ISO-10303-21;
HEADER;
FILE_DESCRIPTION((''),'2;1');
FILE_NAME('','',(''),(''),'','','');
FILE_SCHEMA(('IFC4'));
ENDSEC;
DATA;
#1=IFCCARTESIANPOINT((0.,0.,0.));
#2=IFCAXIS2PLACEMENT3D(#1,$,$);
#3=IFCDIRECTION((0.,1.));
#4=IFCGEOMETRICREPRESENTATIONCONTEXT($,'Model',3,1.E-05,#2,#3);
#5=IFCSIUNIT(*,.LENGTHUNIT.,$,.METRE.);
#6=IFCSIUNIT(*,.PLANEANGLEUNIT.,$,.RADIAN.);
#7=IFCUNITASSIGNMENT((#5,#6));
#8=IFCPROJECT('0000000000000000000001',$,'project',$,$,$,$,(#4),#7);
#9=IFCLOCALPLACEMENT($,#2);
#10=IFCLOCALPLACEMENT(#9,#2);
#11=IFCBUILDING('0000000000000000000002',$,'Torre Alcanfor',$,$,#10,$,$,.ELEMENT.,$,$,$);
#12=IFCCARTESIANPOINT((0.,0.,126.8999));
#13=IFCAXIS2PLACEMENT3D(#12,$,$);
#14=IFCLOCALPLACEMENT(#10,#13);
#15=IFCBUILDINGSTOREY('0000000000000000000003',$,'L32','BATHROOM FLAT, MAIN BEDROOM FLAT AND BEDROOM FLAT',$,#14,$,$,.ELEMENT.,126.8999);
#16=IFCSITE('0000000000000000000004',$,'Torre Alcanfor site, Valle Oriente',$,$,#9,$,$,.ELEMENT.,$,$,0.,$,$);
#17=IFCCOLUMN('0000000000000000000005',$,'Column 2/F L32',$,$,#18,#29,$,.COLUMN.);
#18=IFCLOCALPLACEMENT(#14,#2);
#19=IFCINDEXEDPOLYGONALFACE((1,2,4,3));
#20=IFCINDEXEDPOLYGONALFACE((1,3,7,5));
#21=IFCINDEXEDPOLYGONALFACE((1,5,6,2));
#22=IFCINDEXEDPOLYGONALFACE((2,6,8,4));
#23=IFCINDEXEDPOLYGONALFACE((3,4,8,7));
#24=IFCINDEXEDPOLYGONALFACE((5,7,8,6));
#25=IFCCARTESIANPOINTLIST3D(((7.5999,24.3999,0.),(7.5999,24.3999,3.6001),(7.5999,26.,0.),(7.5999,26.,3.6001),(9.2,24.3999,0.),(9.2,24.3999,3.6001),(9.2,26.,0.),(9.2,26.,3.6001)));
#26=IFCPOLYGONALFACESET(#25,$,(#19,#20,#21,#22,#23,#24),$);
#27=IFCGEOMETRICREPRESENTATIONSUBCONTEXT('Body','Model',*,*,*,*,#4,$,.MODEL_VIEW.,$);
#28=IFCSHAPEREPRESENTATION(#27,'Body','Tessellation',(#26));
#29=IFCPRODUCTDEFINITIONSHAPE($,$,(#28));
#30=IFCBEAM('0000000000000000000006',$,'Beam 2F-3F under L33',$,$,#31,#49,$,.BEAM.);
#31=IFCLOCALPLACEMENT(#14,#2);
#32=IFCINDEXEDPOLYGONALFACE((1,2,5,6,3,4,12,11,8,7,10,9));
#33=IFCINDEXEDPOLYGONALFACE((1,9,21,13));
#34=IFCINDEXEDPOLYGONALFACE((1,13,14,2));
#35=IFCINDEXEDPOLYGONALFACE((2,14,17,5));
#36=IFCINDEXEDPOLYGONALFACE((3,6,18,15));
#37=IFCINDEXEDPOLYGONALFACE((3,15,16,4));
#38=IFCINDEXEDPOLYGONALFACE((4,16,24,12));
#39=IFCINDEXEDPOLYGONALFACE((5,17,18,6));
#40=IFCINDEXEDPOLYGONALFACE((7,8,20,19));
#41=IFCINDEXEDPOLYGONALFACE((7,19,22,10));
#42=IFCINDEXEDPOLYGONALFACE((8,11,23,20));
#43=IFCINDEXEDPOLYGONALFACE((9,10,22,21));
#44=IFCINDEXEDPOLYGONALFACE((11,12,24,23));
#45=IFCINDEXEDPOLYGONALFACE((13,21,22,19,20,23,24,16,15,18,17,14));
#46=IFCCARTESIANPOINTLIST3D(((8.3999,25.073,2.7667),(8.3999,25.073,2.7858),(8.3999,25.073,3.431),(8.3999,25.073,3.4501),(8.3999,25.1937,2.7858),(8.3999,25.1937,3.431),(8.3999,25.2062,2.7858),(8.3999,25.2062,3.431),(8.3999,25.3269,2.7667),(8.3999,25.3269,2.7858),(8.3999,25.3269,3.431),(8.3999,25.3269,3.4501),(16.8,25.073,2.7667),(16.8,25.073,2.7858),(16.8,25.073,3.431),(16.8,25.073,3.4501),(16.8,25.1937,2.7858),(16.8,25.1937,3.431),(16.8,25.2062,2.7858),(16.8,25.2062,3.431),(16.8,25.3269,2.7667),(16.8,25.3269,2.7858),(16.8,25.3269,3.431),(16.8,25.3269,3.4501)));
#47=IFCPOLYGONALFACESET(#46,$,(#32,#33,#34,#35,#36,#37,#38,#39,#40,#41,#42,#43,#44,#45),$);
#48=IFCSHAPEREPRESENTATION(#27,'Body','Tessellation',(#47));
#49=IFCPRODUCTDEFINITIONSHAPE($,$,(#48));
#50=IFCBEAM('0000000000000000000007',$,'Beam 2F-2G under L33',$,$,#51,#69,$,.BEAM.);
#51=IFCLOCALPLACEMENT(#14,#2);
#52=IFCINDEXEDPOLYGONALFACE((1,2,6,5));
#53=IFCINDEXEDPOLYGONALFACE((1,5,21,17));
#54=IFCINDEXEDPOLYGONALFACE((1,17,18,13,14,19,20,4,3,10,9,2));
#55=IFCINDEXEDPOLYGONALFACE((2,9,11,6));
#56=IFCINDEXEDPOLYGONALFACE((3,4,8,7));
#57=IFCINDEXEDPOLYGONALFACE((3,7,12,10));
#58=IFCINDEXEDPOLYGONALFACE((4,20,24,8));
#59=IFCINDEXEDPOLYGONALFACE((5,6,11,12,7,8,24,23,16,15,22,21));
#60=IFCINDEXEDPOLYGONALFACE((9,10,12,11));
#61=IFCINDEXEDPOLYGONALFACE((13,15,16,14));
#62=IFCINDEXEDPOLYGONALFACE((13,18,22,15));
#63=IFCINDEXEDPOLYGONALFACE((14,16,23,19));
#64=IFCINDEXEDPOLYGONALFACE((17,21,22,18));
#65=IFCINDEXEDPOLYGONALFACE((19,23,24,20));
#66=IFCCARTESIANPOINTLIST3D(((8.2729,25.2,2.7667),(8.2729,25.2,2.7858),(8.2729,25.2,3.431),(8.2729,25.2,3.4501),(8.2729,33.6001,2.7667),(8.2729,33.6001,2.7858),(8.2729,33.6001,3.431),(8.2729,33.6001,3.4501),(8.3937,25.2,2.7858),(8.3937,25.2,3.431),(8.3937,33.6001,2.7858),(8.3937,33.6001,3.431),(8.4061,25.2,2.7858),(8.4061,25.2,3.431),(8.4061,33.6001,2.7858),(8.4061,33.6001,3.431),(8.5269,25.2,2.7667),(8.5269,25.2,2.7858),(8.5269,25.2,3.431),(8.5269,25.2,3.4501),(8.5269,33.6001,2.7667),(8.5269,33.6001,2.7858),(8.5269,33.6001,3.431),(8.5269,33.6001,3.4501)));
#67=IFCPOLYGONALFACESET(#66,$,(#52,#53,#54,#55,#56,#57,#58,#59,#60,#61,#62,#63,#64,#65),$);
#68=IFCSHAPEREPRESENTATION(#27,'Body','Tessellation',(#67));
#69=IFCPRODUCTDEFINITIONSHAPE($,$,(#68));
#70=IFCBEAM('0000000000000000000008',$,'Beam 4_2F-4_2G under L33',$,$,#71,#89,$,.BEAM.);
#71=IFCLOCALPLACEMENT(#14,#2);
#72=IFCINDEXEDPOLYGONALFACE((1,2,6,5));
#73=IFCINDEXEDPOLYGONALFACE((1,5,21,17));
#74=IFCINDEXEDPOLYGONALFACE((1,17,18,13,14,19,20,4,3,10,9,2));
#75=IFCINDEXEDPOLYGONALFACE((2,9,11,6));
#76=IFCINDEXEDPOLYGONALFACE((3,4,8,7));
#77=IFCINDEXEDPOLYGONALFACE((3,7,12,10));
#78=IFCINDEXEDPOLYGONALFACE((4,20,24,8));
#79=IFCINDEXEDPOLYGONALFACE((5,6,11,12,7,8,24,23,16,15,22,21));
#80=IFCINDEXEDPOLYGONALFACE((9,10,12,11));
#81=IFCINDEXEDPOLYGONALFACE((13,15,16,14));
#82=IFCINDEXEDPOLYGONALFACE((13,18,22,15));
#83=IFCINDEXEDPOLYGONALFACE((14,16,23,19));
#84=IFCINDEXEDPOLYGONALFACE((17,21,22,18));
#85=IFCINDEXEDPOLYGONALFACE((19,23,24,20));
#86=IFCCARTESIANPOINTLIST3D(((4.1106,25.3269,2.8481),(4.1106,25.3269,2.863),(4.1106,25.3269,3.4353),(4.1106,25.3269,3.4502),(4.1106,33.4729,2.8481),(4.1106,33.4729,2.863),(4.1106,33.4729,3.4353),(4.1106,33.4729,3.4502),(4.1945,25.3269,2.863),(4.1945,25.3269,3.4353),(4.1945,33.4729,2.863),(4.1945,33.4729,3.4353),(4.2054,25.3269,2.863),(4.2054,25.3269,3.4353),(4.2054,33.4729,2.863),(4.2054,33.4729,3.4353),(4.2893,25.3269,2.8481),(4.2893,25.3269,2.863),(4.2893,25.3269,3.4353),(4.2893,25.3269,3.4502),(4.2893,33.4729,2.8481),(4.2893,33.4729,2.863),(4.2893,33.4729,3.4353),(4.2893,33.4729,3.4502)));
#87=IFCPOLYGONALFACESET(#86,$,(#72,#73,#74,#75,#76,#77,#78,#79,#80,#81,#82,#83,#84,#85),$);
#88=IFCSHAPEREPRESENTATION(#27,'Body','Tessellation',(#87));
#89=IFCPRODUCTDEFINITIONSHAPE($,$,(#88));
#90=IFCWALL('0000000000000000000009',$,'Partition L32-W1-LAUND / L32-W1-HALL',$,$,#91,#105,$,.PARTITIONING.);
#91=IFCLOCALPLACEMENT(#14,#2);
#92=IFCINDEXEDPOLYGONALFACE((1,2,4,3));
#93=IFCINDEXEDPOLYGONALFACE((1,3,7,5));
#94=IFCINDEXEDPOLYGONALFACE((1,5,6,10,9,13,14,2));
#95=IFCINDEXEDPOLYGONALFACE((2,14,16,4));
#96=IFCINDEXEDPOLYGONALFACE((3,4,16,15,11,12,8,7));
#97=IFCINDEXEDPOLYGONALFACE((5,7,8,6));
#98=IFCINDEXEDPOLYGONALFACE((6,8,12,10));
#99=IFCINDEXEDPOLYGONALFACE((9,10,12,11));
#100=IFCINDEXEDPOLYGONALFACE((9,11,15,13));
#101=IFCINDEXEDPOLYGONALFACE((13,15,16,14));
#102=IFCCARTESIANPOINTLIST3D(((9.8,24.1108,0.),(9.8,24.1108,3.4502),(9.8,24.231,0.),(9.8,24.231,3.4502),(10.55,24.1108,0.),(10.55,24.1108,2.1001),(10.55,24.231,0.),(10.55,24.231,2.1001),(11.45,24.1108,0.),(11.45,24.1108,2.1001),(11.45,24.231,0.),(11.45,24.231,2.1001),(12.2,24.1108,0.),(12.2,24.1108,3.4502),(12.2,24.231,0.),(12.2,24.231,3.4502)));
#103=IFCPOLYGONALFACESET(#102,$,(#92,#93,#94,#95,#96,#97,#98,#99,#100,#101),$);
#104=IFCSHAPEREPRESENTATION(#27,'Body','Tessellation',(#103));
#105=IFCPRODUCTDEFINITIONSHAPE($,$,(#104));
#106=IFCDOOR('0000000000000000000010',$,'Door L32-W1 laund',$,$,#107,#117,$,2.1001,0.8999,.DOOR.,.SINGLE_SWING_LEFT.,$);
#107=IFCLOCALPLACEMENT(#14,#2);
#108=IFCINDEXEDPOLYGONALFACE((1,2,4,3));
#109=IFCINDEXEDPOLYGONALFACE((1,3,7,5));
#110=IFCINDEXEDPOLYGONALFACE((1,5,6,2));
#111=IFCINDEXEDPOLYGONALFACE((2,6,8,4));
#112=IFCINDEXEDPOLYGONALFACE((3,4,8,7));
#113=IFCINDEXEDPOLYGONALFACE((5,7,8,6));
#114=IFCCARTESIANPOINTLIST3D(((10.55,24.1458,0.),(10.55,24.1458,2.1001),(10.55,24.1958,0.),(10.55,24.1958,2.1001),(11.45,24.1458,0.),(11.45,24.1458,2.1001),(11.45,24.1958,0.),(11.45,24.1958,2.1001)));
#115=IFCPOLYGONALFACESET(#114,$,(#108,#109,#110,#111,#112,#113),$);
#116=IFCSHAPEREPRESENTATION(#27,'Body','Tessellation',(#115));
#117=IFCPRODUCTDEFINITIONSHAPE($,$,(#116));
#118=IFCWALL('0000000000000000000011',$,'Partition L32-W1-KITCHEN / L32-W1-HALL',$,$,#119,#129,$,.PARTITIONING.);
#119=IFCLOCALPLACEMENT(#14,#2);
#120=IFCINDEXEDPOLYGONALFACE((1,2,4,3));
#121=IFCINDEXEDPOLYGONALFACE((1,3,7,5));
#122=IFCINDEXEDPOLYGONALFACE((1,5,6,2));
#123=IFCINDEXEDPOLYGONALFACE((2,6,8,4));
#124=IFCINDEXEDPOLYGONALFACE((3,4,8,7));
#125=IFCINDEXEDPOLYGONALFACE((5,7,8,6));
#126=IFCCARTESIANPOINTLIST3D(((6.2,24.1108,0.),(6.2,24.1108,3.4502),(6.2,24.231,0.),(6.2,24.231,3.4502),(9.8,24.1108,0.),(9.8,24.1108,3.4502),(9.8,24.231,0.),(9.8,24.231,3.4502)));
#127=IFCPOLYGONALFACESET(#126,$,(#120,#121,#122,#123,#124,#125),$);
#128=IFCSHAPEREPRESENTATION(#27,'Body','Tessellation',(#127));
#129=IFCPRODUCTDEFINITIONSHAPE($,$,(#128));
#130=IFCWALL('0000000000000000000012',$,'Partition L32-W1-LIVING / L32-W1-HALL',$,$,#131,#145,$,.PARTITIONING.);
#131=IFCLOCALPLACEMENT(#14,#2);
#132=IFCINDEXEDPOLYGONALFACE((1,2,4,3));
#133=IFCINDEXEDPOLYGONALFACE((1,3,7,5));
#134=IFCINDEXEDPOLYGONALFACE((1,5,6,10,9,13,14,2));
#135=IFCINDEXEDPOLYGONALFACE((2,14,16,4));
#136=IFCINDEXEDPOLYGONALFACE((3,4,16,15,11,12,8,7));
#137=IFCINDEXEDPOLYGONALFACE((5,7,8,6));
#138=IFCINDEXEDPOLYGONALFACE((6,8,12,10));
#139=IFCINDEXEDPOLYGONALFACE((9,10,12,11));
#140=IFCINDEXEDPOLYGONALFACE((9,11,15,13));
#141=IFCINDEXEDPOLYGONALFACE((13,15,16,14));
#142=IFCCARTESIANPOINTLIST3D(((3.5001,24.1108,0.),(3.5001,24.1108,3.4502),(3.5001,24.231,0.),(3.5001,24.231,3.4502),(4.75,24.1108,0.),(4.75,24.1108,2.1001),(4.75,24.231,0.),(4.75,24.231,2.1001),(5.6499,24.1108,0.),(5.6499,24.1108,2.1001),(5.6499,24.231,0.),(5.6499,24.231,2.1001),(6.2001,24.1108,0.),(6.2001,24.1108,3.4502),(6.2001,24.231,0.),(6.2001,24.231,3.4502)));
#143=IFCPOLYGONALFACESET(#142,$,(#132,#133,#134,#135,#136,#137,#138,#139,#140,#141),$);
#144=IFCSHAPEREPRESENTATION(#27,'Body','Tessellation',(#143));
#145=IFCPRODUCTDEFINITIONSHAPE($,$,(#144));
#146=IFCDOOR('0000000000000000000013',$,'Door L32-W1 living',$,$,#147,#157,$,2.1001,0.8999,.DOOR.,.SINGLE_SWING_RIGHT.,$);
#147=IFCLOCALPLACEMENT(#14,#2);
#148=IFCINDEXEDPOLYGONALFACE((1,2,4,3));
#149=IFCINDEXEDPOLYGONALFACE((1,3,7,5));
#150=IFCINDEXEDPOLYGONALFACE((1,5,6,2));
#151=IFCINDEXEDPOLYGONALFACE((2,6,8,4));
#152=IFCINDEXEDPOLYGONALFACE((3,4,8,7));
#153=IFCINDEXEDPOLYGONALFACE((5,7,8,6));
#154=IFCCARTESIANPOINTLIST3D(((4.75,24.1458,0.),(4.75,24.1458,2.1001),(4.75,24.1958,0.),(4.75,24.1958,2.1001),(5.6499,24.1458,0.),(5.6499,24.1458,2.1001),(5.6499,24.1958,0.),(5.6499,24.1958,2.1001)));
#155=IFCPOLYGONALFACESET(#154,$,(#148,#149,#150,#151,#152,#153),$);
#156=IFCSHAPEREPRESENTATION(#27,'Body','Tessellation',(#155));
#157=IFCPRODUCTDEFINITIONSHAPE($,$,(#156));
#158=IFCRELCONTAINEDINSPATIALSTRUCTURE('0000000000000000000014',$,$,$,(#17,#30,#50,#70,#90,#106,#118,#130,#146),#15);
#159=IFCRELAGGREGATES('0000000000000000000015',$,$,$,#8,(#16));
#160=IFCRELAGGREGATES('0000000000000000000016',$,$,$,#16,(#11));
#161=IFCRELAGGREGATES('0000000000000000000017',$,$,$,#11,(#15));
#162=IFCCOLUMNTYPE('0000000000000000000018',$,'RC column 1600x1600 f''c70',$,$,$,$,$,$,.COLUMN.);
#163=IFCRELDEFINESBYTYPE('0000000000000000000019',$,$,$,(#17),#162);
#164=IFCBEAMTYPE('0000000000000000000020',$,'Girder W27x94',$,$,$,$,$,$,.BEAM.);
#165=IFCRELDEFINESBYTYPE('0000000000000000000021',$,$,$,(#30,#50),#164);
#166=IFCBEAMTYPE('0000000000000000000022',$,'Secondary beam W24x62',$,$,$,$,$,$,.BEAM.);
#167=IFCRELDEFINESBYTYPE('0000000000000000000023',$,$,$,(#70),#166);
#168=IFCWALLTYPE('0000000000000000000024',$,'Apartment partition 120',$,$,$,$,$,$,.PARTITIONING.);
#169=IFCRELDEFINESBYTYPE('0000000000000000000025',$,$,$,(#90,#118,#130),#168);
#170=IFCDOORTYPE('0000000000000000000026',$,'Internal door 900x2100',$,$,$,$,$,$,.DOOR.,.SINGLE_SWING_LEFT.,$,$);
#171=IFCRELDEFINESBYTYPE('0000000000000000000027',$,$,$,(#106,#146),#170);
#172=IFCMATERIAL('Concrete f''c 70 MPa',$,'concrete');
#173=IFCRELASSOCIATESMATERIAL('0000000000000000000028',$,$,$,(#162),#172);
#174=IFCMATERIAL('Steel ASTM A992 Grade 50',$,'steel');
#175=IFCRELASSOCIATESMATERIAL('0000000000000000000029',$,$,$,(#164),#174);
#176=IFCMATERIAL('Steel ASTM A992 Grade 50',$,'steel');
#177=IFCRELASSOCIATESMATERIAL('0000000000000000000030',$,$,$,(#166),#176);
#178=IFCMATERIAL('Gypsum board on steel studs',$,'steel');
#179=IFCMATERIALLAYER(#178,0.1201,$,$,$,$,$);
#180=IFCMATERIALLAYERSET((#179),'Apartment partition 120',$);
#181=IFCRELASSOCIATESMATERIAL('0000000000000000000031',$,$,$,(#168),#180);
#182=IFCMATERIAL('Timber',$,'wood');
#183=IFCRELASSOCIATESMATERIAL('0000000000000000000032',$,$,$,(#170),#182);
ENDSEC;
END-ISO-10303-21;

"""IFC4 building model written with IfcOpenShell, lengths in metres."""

from ifc_helpers import new_model, si_unit, direction, frame, frame_2d, origin, origin_2d, place, context, subcontext, project, spatial, rectangle, i_section, extrude, material, layer, layer_set, material_profile, profile_set, type_object, element, fill, save


model = new_model("IFC4")

# Units and contexts
model_context = context("Model", 3, precision=1e-05, world=origin(), true_north=direction((0.0, 1.0)))
body_context = subcontext(model_context, "Body", "Model", "MODEL_VIEW")
ifc_project = project(units=[si_unit("LENGTHUNIT", "METRE"), si_unit("PLANEANGLEUNIT", "RADIAN")], contexts=[model_context])

# Site, building, storey
site_placement = place(None, origin())
site = spatial("IfcSite", under=ifc_project, at=site_placement, Name="Torre Alcanfor site, Valle Oriente", CompositionType="ELEMENT", RefElevation=0.0)
building_placement = place(site_placement, origin())
building = spatial("IfcBuilding", under=site, at=building_placement, Name="Torre Alcanfor", CompositionType="ELEMENT")
storey_placement = place(building_placement, frame((0.0, 0.0, 126.8999)))
storey = spatial("IfcBuildingStorey", under=building, at=storey_placement, Name="L32", Description="BATHROOM FLAT, MAIN BEDROOM FLAT AND BEDROOM FLAT", CompositionType="ELEMENT", Elevation=126.8999)

# Column
ifc_material_1 = material(Name="Concrete f'c 70 MPa", Category="concrete")
ifc_material_profile_1 = material_profile(ifc_material_1, rectangle(XDim=1.6001, YDim=1.6001, at=origin_2d()), Name="1600x1600")
ifc_profile_set_1 = profile_set([ifc_material_profile_1], Name="Concrete f'c 70 MPa")
column_type = type_object("IfcColumnType", Name="RC column 1600x1600 f'c70", PredefinedType="COLUMN", material=ifc_profile_set_1)
column_placement = place(storey_placement, frame((8.3999, 25.2, 0.0), z_axis=(0.0, 0.0, 1.0), x_axis=(1.0, 0.0, 0.0)))
element("IfcColumn", 1, at=column_placement, inside=storey, type_object=column_type, Name="Column 2/F L32", PredefinedType="COLUMN", context=body_context, shape_type="SweptSolid", body=[
    extrude(rectangle(XDim=1.6001, YDim=1.6001, at=origin_2d()), origin(), (0.0, 0.0, 1.0), 3.6001),
])

# Beams
ifc_material_2 = material(Name="Steel ASTM A992 Grade 50", Category="steel")
ifc_material_profile_2 = material_profile(ifc_material_2, i_section(OverallWidth=0.2539, OverallDepth=0.6833, WebThickness=0.0125, FlangeThickness=0.019, at=origin_2d()), Name="W27x94")
ifc_profile_set_2 = profile_set([ifc_material_profile_2], Name="Steel ASTM A992 Grade 50")
beam_type_1 = type_object("IfcBeamType", Name="Girder W27x94", PredefinedType="BEAM", material=ifc_profile_set_2)
for number, where, z_axis, x_axis, name in (
    (2, (8.3999, 25.2, 3.1084), (1.0, 0.0, 0.0), (0.0, 1.0, 0.0), "Beam 2F-3F under L33"),
    (3, (8.3999, 25.2, 3.1084), (0.0, 1.0, 0.0), (-1.0, 0.0, 0.0), "Beam 2F-2G under L33"),
):
    element("IfcBeam", number, at=place(storey_placement, frame(where, z_axis=z_axis, x_axis=x_axis)), inside=storey, type_object=beam_type_1, Name=name, PredefinedType="BEAM", context=body_context, shape_type="SweptSolid", body=[
        extrude(i_section(OverallWidth=0.2539, OverallDepth=0.6833, WebThickness=0.0125, FlangeThickness=0.019, at=origin_2d()), origin(), (0.0, 0.0, 1.0), 8.4001),
    ])
ifc_material_3 = material(Name="Steel ASTM A992 Grade 50", Category="steel")
ifc_material_profile_3 = material_profile(ifc_material_3, i_section(OverallWidth=0.1787, OverallDepth=0.6021, WebThickness=0.011, FlangeThickness=0.0149, at=origin_2d()), Name="W24x62")
ifc_profile_set_3 = profile_set([ifc_material_profile_3], Name="Steel ASTM A992 Grade 50")
beam_type_2 = type_object("IfcBeamType", Name="Secondary beam W24x62", PredefinedType="BEAM", material=ifc_profile_set_3)
beam_placement = place(storey_placement, frame((4.2, 25.3269, 3.1492), z_axis=(0.0, 1.0, 0.0), x_axis=(-1.0, 0.0, 0.0)))
element("IfcBeam", 4, at=beam_placement, inside=storey, type_object=beam_type_2, Name="Beam 4_2F-4_2G under L33", PredefinedType="BEAM", context=body_context, shape_type="SweptSolid", body=[
    extrude(i_section(OverallWidth=0.1787, OverallDepth=0.6021, WebThickness=0.011, FlangeThickness=0.0149, at=origin_2d()), origin(), (0.0, 0.0, 1.0), 8.146),
])

# Wall, opening, door
ifc_material_4 = material(Name="Gypsum board on steel studs", Category="steel")
ifc_layer_1 = layer(ifc_material_4, 0.1201)
ifc_layer_set_1 = layer_set([ifc_layer_1], Name="Apartment partition 120")
wall_type_1 = type_object("IfcWallType", Name="Apartment partition 120", PredefinedType="PARTITIONING", material=ifc_layer_set_1)
wall_1_placement = place(storey_placement, frame((9.8, 24.1709, 0.0), z_axis=(0.0, 0.0, 1.0), x_axis=(1.0, 0.0, 0.0)))
wall_1 = element("IfcWall", 5, at=wall_1_placement, inside=storey, type_object=wall_type_1, Name="Partition L32-W1-LAUND / L32-W1-HALL", PredefinedType="PARTITIONING", context=body_context, shape_type="SweptSolid", body=[
    extrude(rectangle(XDim=2.3999, YDim=0.1201, at=frame_2d((1.2, 0.0))), origin(), (0.0, 0.0, 1.0), 3.4502),
])
opening_1_placement = place(wall_1_placement, frame((0.75, 0.0, 0.0)))
opening_1 = element("IfcOpeningElement", 6, at=opening_1_placement, cuts=wall_1, PredefinedType="OPENING", context=body_context, shape_type="SweptSolid", body=[
    extrude(rectangle(XDim=0.8999, YDim=2.1001, at=frame_2d((0.45, 1.05))), frame((0.0, 0.0701, 0.0), z_axis=(0.0, -1.0, 0.0), x_axis=(1.0, 0.0, 0.0)), (0.0, 0.0, 1.0), 0.1401),
])
ifc_material_5 = material(Name="Timber", Category="wood")
door_type_1 = type_object("IfcDoorType", Name="Internal door 900x2100", OperationType="SINGLE_SWING_LEFT", PredefinedType="DOOR", material=ifc_material_5)
door_1_placement = place(opening_1_placement, origin())
door_1 = element("IfcDoor", 7, at=door_1_placement, inside=storey, type_object=door_type_1, Name="Door L32-W1 laund", OperationType="SINGLE_SWING_LEFT", OverallHeight=2.1001, OverallWidth=0.8999, PredefinedType="DOOR", context=body_context, shape_type="SweptSolid", body=[
    extrude(rectangle(XDim=0.8999, YDim=2.1001, at=frame_2d((0.45, 1.05))), frame((0.0, 0.0249, 0.0), z_axis=(0.0, -1.0, 0.0), x_axis=(1.0, 0.0, 0.0)), (0.0, 0.0, 1.0), 0.05),
])
fill(opening_1, door_1)

# Wall
wall_2_placement = place(storey_placement, frame((6.2, 24.1709, 0.0), z_axis=(0.0, 0.0, 1.0), x_axis=(1.0, 0.0, 0.0)))
element("IfcWall", 8, at=wall_2_placement, inside=storey, type_object=wall_type_1, Name="Partition L32-W1-KITCHEN / L32-W1-HALL", PredefinedType="PARTITIONING", context=body_context, shape_type="SweptSolid", body=[
    extrude(rectangle(XDim=3.6001, YDim=0.1201, at=frame_2d((1.8, 0.0))), origin(), (0.0, 0.0, 1.0), 3.4502),
])

# Wall, opening, door
wall_3_placement = place(storey_placement, frame((3.5, 24.1709, 0.0), z_axis=(0.0, 0.0, 1.0), x_axis=(1.0, 0.0, 0.0)))
wall_3 = element("IfcWall", 9, at=wall_3_placement, inside=storey, type_object=wall_type_1, Name="Partition L32-W1-LIVING / L32-W1-HALL", PredefinedType="PARTITIONING", context=body_context, shape_type="SweptSolid", body=[
    extrude(rectangle(XDim=2.7, YDim=0.1201, at=frame_2d((1.3501, 0.0))), origin(), (0.0, 0.0, 1.0), 3.4502),
])
opening_2_placement = place(wall_3_placement, frame((1.25, 0.0, 0.0)))
opening_2 = element("IfcOpeningElement", 10, at=opening_2_placement, cuts=wall_3, PredefinedType="OPENING", context=body_context, shape_type="SweptSolid", body=[
    extrude(rectangle(XDim=0.8999, YDim=2.1001, at=frame_2d((0.45, 1.05))), frame((0.0, 0.0701, 0.0), z_axis=(0.0, -1.0, 0.0), x_axis=(1.0, 0.0, 0.0)), (0.0, 0.0, 1.0), 0.1401),
])
door_2_placement = place(opening_2_placement, origin())
door_2 = element("IfcDoor", 11, at=door_2_placement, inside=storey, type_object=door_type_1, Name="Door L32-W1 living", OperationType="SINGLE_SWING_RIGHT", OverallHeight=2.1001, OverallWidth=0.8999, PredefinedType="DOOR", context=body_context, shape_type="SweptSolid", body=[
    extrude(rectangle(XDim=0.8999, YDim=2.1001, at=frame_2d((0.45, 1.05))), frame((0.0, 0.0249, 0.0), z_axis=(0.0, -1.0, 0.0), x_axis=(1.0, 0.0, 0.0)), (0.0, 0.0, 1.0), 0.05),
])
fill(opening_2, door_2)

save(model, "model.ifc")
